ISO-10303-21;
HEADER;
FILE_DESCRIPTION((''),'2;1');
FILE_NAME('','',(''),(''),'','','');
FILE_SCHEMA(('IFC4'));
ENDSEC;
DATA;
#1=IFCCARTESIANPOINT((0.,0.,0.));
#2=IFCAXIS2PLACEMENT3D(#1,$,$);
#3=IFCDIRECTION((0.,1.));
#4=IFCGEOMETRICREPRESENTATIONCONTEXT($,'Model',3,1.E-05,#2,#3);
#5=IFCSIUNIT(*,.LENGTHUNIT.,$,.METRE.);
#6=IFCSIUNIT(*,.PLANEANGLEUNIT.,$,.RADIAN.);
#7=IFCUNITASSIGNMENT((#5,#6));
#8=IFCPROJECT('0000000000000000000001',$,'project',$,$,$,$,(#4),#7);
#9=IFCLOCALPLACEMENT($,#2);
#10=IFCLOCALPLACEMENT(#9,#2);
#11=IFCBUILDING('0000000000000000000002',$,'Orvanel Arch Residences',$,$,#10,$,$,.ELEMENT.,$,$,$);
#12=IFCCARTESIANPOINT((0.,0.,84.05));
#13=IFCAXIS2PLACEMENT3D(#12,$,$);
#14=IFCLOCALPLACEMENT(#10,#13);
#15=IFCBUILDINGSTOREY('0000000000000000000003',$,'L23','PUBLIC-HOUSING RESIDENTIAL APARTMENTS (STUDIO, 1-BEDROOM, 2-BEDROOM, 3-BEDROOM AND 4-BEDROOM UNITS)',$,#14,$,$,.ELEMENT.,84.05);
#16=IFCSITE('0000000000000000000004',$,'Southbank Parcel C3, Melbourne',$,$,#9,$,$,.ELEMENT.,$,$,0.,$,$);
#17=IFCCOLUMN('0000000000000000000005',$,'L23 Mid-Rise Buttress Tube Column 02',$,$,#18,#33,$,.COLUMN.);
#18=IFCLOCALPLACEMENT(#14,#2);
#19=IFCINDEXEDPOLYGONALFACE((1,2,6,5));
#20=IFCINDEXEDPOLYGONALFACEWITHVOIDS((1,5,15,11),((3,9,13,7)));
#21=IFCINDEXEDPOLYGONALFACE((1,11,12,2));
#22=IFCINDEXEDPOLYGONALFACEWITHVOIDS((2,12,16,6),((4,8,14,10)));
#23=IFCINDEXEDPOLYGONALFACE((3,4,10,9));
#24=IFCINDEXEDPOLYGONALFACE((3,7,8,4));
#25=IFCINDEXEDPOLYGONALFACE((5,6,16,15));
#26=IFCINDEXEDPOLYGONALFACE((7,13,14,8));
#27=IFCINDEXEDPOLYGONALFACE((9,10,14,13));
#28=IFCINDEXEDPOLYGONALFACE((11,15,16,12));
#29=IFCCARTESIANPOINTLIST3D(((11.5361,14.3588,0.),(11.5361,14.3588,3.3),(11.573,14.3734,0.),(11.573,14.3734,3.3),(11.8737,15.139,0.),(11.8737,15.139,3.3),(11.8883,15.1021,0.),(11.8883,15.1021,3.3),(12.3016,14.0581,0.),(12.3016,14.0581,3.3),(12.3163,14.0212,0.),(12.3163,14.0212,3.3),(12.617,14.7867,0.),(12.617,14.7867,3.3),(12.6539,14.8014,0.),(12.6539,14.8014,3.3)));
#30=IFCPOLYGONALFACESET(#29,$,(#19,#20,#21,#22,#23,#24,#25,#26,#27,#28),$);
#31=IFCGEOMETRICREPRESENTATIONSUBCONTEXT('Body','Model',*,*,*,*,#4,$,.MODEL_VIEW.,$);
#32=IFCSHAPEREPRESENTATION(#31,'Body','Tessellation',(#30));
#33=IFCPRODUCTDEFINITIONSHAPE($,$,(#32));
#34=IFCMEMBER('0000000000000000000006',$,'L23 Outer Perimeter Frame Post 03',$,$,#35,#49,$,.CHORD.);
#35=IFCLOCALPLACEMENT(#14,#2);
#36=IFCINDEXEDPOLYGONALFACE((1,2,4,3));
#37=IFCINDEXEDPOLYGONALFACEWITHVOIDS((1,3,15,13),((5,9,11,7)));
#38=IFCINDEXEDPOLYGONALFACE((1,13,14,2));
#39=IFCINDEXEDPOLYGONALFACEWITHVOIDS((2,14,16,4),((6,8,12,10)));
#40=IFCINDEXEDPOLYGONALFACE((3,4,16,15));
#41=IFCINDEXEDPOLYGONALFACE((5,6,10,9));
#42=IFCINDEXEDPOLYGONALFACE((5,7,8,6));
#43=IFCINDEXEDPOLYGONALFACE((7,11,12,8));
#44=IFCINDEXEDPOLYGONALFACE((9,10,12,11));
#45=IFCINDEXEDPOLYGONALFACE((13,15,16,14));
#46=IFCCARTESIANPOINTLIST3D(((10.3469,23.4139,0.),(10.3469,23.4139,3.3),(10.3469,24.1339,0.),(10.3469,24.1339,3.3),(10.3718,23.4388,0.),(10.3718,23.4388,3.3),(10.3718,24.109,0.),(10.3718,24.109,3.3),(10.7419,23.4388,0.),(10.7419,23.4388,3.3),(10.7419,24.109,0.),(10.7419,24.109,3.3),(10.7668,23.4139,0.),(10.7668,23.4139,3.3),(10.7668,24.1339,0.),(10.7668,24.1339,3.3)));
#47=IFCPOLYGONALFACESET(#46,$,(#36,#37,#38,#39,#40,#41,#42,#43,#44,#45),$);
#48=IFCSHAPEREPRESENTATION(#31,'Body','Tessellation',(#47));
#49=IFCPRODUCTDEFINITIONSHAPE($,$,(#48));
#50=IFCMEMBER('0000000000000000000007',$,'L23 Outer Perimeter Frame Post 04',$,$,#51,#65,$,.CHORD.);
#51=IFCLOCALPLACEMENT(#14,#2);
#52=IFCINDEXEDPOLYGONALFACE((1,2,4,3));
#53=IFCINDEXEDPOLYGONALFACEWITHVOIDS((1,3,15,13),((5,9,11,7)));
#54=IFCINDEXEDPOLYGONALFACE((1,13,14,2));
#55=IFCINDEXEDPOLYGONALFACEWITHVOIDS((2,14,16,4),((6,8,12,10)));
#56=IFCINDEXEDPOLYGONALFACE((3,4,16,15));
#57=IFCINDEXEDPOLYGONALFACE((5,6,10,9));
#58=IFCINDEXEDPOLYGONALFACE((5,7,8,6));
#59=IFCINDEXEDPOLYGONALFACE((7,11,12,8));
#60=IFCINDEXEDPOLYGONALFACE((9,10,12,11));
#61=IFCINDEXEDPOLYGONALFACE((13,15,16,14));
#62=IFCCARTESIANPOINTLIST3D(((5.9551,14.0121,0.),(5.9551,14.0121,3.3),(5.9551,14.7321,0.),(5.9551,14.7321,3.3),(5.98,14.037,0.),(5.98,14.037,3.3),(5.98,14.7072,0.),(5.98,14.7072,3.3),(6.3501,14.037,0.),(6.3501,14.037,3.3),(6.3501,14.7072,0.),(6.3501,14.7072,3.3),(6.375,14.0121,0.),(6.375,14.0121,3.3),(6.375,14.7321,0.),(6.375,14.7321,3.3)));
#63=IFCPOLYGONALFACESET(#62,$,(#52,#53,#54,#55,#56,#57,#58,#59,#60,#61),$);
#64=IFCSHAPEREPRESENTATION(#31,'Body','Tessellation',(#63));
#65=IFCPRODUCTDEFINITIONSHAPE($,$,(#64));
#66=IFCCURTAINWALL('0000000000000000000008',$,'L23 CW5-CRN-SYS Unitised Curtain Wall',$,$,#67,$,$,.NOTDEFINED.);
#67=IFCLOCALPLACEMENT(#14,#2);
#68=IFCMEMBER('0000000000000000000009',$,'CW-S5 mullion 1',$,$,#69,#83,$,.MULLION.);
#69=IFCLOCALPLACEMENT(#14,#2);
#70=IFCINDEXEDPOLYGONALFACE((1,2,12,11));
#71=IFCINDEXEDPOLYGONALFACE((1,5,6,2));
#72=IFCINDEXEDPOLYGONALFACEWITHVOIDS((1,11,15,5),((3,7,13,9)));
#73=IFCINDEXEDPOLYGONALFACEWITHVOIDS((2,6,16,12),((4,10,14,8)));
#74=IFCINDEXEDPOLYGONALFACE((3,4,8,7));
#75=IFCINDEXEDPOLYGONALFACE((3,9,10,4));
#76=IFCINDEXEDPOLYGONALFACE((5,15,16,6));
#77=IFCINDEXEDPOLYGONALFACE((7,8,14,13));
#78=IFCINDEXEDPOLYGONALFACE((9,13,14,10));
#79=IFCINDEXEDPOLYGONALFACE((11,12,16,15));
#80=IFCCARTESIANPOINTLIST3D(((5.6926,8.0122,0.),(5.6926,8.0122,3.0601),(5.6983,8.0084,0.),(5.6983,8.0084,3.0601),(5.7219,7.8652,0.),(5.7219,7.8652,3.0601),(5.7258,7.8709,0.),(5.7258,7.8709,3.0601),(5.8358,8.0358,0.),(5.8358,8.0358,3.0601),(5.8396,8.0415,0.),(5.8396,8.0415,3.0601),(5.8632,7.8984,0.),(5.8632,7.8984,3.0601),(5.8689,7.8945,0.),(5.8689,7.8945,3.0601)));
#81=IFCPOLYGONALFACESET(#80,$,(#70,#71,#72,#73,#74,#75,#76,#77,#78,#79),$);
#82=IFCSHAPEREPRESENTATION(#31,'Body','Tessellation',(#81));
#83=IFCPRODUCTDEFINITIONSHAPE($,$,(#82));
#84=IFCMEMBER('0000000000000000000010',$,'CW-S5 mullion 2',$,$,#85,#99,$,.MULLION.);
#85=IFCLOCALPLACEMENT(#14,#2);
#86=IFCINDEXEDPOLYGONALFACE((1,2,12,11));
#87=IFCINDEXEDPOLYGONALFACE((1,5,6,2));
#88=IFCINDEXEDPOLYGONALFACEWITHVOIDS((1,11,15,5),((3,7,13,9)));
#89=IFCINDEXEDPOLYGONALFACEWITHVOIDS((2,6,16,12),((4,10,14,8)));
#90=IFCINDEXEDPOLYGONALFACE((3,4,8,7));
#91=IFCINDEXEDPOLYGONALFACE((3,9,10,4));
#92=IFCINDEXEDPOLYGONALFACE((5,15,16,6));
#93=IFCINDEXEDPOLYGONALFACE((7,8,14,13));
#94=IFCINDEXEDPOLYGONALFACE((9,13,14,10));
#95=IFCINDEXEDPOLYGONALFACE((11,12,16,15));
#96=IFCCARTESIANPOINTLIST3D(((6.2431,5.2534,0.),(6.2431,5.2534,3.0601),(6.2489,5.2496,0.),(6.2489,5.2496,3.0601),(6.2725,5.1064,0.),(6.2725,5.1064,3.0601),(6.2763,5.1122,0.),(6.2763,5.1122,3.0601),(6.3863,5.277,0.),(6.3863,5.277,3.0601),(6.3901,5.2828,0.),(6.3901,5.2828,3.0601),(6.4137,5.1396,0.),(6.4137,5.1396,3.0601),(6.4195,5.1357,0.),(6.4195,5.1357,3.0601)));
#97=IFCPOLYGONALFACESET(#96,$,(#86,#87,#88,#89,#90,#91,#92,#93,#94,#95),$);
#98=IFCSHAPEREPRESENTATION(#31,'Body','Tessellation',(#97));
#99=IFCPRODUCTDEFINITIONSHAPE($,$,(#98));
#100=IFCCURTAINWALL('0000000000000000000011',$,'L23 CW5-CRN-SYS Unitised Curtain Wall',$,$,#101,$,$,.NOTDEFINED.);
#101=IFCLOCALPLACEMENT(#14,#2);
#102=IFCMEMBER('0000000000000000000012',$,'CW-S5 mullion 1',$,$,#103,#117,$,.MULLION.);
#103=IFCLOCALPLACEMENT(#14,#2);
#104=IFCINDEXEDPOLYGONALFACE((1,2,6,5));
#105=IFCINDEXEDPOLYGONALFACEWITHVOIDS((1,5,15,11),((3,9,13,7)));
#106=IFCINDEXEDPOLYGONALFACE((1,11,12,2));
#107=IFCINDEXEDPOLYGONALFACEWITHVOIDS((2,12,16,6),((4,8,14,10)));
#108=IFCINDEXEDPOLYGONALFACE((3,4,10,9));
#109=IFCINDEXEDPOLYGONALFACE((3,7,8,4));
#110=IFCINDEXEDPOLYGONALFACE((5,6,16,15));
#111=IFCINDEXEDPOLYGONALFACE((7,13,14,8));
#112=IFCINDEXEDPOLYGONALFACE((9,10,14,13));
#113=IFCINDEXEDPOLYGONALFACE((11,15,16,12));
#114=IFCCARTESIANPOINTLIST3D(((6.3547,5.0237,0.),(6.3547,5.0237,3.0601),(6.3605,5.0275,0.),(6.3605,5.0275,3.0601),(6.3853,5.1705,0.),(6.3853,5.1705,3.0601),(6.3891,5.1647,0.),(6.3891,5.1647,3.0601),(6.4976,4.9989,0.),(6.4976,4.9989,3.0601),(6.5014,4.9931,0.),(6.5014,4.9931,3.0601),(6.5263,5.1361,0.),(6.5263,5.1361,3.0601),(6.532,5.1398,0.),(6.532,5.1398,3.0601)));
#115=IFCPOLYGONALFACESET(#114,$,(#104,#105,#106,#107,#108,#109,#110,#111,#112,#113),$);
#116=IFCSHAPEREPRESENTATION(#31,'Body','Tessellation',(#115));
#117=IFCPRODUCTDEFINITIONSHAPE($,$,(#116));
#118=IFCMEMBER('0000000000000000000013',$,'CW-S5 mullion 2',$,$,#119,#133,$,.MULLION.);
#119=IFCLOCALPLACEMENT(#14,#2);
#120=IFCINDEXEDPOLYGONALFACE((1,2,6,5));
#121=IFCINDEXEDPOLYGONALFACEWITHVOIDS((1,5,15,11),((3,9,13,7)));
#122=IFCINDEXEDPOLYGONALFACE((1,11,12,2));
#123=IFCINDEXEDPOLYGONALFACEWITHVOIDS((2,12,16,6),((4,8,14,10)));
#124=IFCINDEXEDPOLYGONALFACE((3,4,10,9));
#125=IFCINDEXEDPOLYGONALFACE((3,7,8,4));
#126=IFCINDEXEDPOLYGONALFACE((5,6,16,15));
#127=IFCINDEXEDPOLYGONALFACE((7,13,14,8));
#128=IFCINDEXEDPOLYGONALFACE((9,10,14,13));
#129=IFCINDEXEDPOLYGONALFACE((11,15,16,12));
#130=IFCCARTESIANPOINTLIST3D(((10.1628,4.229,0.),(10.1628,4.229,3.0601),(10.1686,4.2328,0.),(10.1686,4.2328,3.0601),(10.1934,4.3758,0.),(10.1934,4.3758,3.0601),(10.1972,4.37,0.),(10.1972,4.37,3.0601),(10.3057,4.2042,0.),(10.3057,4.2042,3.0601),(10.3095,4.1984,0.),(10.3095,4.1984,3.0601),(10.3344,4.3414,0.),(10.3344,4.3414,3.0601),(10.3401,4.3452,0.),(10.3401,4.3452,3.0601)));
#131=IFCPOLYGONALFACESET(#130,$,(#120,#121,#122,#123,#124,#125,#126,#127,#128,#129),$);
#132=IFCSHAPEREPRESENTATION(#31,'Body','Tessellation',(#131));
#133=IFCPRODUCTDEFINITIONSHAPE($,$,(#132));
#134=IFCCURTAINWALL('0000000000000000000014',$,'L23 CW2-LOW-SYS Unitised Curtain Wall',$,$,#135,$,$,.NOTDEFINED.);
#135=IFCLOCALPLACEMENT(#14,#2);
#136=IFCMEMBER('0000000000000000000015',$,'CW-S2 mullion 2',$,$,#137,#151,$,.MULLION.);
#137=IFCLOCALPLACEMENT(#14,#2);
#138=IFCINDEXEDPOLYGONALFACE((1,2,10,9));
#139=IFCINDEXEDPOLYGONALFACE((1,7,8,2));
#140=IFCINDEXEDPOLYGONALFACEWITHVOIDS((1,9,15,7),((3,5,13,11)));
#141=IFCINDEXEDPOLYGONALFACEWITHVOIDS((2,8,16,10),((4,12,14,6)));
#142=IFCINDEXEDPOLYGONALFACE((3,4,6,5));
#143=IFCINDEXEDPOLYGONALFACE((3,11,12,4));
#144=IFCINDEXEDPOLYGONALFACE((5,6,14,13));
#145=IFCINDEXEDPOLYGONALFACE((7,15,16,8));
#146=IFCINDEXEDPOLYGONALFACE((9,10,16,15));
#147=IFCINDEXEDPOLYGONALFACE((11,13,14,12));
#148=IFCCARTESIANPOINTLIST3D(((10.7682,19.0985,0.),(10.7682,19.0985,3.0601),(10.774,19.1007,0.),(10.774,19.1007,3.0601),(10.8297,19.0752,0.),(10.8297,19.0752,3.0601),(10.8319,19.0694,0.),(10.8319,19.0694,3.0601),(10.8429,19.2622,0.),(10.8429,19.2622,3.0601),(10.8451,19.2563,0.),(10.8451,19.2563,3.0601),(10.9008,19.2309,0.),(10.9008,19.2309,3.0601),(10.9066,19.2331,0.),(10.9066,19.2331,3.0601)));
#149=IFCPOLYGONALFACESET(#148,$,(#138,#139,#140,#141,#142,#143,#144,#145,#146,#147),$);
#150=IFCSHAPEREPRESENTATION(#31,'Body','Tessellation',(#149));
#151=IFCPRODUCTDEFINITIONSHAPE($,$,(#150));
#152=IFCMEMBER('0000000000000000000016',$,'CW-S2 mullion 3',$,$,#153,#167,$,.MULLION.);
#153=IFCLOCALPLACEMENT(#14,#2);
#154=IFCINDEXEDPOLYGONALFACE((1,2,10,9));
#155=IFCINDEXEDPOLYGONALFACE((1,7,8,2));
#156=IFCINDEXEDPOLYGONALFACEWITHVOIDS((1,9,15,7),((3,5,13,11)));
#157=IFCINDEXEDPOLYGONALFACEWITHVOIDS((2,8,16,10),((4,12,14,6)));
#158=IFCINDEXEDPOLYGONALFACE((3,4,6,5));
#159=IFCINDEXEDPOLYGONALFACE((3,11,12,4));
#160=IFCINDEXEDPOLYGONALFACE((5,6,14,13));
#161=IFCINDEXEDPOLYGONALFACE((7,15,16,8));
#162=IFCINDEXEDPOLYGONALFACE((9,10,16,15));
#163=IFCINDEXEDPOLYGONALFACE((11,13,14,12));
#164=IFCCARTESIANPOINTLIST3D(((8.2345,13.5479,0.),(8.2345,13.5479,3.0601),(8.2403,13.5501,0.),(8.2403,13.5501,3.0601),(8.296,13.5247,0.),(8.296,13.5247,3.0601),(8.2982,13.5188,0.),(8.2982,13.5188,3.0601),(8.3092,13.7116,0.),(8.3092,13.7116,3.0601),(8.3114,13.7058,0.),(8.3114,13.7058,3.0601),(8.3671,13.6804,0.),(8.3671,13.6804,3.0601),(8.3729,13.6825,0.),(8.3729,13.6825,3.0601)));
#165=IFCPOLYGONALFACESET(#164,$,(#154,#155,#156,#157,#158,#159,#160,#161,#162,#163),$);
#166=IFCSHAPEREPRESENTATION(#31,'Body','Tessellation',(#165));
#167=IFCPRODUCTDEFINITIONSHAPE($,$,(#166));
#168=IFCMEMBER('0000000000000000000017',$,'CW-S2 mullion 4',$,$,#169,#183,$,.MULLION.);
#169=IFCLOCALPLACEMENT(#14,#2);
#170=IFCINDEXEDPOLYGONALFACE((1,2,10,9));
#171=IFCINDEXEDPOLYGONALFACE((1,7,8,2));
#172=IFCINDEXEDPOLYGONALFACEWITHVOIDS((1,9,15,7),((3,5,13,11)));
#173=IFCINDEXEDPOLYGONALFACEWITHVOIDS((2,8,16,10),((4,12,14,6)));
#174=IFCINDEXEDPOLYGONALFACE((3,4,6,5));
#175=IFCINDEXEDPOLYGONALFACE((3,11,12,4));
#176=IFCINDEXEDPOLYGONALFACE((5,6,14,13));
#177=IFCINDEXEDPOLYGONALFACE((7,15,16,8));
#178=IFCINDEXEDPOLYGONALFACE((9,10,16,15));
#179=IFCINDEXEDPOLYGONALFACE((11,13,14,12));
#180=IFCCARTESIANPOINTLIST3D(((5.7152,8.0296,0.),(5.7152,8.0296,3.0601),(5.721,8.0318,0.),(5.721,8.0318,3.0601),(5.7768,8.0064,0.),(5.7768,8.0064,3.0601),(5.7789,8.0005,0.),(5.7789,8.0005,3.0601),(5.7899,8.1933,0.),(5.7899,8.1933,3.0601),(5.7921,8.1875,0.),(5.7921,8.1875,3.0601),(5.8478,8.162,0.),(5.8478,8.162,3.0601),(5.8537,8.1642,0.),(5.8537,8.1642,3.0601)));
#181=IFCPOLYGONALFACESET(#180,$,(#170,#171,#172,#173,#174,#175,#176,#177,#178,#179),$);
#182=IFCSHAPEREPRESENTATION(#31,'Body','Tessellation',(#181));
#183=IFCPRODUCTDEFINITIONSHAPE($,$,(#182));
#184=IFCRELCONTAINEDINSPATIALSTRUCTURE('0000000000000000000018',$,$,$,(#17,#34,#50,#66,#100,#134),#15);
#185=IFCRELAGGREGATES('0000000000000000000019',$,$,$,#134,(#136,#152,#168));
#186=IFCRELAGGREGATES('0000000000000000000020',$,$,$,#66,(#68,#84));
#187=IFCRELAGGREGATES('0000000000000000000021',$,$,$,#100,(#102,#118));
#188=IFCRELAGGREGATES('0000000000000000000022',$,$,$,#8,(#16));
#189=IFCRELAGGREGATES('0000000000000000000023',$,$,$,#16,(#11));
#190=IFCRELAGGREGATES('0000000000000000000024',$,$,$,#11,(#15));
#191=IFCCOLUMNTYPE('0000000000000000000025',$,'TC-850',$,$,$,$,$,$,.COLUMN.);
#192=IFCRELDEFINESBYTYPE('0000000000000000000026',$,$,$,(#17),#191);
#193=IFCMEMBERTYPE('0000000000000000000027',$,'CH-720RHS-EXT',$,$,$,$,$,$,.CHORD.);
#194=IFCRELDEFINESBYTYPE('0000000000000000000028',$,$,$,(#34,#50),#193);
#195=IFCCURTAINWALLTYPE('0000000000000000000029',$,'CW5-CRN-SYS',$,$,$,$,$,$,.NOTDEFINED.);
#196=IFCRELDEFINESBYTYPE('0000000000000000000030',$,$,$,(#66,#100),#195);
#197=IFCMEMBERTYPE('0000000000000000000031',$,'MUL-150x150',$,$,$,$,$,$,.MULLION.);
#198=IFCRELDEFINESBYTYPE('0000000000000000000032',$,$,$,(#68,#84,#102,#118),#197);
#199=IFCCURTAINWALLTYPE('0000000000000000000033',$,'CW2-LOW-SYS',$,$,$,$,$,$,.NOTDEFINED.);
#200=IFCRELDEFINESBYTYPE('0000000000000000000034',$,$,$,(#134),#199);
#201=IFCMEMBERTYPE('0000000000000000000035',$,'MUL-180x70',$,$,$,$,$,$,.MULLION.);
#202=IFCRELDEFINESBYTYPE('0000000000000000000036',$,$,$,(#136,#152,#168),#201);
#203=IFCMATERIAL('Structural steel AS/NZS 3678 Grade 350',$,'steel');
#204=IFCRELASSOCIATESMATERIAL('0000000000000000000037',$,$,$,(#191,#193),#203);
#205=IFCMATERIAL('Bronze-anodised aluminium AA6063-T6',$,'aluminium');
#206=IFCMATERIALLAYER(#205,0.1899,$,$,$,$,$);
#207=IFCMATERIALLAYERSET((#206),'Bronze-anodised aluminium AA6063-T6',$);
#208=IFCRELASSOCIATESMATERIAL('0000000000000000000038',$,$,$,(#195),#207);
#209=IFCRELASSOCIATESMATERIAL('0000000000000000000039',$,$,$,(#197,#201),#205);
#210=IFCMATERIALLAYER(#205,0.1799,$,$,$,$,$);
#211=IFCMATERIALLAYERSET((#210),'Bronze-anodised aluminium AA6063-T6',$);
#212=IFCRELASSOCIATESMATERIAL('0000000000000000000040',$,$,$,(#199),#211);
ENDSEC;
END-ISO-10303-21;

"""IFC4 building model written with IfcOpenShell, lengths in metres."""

from ifc_helpers import new_model, si_unit, direction, frame, origin, origin_2d, place, context, subcontext, project, spatial, hollow_rectangle, extrude, material, layer, layer_set, material_profile, profile_set, type_object, element, aggregate, save


model = new_model("IFC4")

# Units and contexts
model_context = context("Model", 3, precision=1e-05, world=origin(), true_north=direction((0.0, 1.0)))
body_context = subcontext(model_context, "Body", "Model", "MODEL_VIEW")
ifc_project = project(units=[si_unit("LENGTHUNIT", "METRE"), si_unit("PLANEANGLEUNIT", "RADIAN")], contexts=[model_context])

# Site, building, storey
site_placement = place(None, origin())
site = spatial("IfcSite", under=ifc_project, at=site_placement, Name="Southbank Parcel C3, Melbourne", CompositionType="ELEMENT", RefElevation=0.0)
building_placement = place(site_placement, origin())
building = spatial("IfcBuilding", under=site, at=building_placement, Name="Orvanel Arch Residences", CompositionType="ELEMENT")
storey_placement = place(building_placement, frame((0.0, 0.0, 84.05)))
storey = spatial("IfcBuildingStorey", under=building, at=storey_placement, Name="L23", Description="PUBLIC-HOUSING RESIDENTIAL APARTMENTS (STUDIO, 1-BEDROOM, 2-BEDROOM, 3-BEDROOM AND 4-BEDROOM UNITS)", CompositionType="ELEMENT", Elevation=84.05)

# Column
ifc_material_1 = material(Name="Structural steel AS/NZS 3678 Grade 350", Category="steel")
ifc_material_profile_1 = material_profile(ifc_material_1, hollow_rectangle(XDim=0.8501, YDim=0.8501, WallThickness=0.0281, at=origin_2d()), Name="BOX850x850x28")
ifc_profile_set_1 = profile_set([ifc_material_profile_1], Name="Structural steel AS/NZS 3678 Grade 350")
column_type = type_object("IfcColumnType", Name="TC-850", PredefinedType="COLUMN", material=ifc_profile_set_1)
column_placement = place(storey_placement, frame((12.095, 14.5801, 0.0), z_axis=(0.0, 0.0, 1.0), x_axis=(0.397148, 0.917755, 0.0)))
element("IfcColumn", 1, at=column_placement, inside=storey, type_object=column_type, Name="L23 Mid-Rise Buttress Tube Column 02", PredefinedType="COLUMN", context=body_context, shape_type="SweptSolid", body=[
    extrude(hollow_rectangle(XDim=0.8501, YDim=0.8501, WallThickness=0.0281, at=origin_2d()), origin(), (0.0, 0.0, 1.0), 3.3),
])

# Members
ifc_material_profile_2 = material_profile(ifc_material_1, hollow_rectangle(XDim=0.4199, YDim=0.72, WallThickness=0.0249, at=origin_2d()), Name="RHS720x420x25")
ifc_profile_set_2 = profile_set([ifc_material_profile_2], Name="Structural steel AS/NZS 3678 Grade 350")
member_type_1 = type_object("IfcMemberType", Name="CH-720RHS-EXT", PredefinedType="CHORD", material=ifc_profile_set_2)
for number, where, z_axis, x_axis, name in (
    (2, (10.5569, 23.7739, 0.0), (0.0, 0.0, 1.0), (1.0, 0.0, 0.0), "L23 Outer Perimeter Frame Post 03"),
    (3, (6.165, 14.3721, 0.0), (0.0, 0.0, 1.0), (1.0, 0.0, 0.0), "L23 Outer Perimeter Frame Post 04"),
):
    element("IfcMember", number, at=place(storey_placement, frame(where, z_axis=z_axis, x_axis=x_axis)), inside=storey, type_object=member_type_1, Name=name, PredefinedType="CHORD", context=body_context, shape_type="SweptSolid", body=[
        extrude(hollow_rectangle(XDim=0.4199, YDim=0.72, WallThickness=0.0249, at=origin_2d()), origin(), (0.0, 0.0, 1.0), 3.3),
    ])

# Curtain walls, members
ifc_material_2 = material(Name="Bronze-anodised aluminium AA6063-T6", Category="aluminium")
ifc_layer_1 = layer(ifc_material_2, 0.1899)
ifc_layer_set_1 = layer_set([ifc_layer_1], Name="Bronze-anodised aluminium AA6063-T6")
curtain_wall_type_1 = type_object("IfcCurtainWallType", Name="CW5-CRN-SYS", PredefinedType="NOTDEFINED", material=ifc_layer_set_1)
curtain_wall_1_placement = place(storey_placement, origin())
curtain_wall_1 = element("IfcCurtainWall", 4, at=curtain_wall_1_placement, inside=storey, type_object=curtain_wall_type_1, Name="L23 CW5-CRN-SYS Unitised Curtain Wall", PredefinedType="NOTDEFINED")
ifc_material_profile_3 = material_profile(ifc_material_2, hollow_rectangle(XDim=0.1499, YDim=0.1499, WallThickness=0.0049, at=origin_2d()), Name="ALU150x150x5")
ifc_profile_set_3 = profile_set([ifc_material_profile_3], Name="Bronze-anodised aluminium AA6063-T6")
member_type_2 = type_object("IfcMemberType", Name="MUL-150x150", PredefinedType="MULLION", material=ifc_profile_set_3)
member_1_placement = place(storey_placement, frame((5.7808, 7.9534, 0.0), z_axis=(0.0, 0.0, 1.0), x_axis=(0.980658, 0.195727, 0.0)))
member_1 = element("IfcMember", 5, at=member_1_placement, type_object=member_type_2, Name="CW-S5 mullion 1", PredefinedType="MULLION", context=body_context, shape_type="SweptSolid", body=[
    extrude(hollow_rectangle(XDim=0.1499, YDim=0.1499, WallThickness=0.0049, at=origin_2d()), origin(), (0.0, 0.0, 1.0), 3.0601),
])
member_2_placement = place(storey_placement, frame((6.3313, 5.1946, 0.0), z_axis=(0.0, 0.0, 1.0), x_axis=(0.980658, 0.195727, 0.0)))
member_2 = element("IfcMember", 6, at=member_2_placement, type_object=member_type_2, Name="CW-S5 mullion 2", PredefinedType="MULLION", context=body_context, shape_type="SweptSolid", body=[
    extrude(hollow_rectangle(XDim=0.1499, YDim=0.1499, WallThickness=0.0049, at=origin_2d()), origin(), (0.0, 0.0, 1.0), 3.0601),
])
curtain_wall_2_placement = place(storey_placement, origin())
curtain_wall_2 = element("IfcCurtainWall", 7, at=curtain_wall_2_placement, inside=storey, type_object=curtain_wall_type_1, Name="L23 CW5-CRN-SYS Unitised Curtain Wall", PredefinedType="NOTDEFINED")
member_3_placement = place(storey_placement, frame((6.4434, 5.0818, 0.0), z_axis=(0.0, 0.0, 1.0), x_axis=(0.204282, 0.978912, 0.0)))
member_3 = element("IfcMember", 8, at=member_3_placement, type_object=member_type_2, Name="CW-S5 mullion 1", PredefinedType="MULLION", context=body_context, shape_type="SweptSolid", body=[
    extrude(hollow_rectangle(XDim=0.1499, YDim=0.1499, WallThickness=0.0049, at=origin_2d()), origin(), (0.0, 0.0, 1.0), 3.0601),
])
member_4_placement = place(storey_placement, frame((10.2515, 4.2871, 0.0), z_axis=(0.0, 0.0, 1.0), x_axis=(0.204282, 0.978912, 0.0)))
member_4 = element("IfcMember", 9, at=member_4_placement, type_object=member_type_2, Name="CW-S5 mullion 2", PredefinedType="MULLION", context=body_context, shape_type="SweptSolid", body=[
    extrude(hollow_rectangle(XDim=0.1499, YDim=0.1499, WallThickness=0.0049, at=origin_2d()), origin(), (0.0, 0.0, 1.0), 3.0601),
])
ifc_layer_2 = layer(ifc_material_2, 0.1799)
ifc_layer_set_2 = layer_set([ifc_layer_2], Name="Bronze-anodised aluminium AA6063-T6")
curtain_wall_type_2 = type_object("IfcCurtainWallType", Name="CW2-LOW-SYS", PredefinedType="NOTDEFINED", material=ifc_layer_set_2)
curtain_wall_3_placement = place(storey_placement, origin())
curtain_wall_3 = element("IfcCurtainWall", 10, at=curtain_wall_3_placement, inside=storey, type_object=curtain_wall_type_2, Name="L23 CW2-LOW-SYS Unitised Curtain Wall", PredefinedType="NOTDEFINED")
ifc_material_profile_4 = material_profile(ifc_material_2, hollow_rectangle(XDim=0.0701, YDim=0.1799, WallThickness=0.0044, at=origin_2d()), Name="ALU180x70x4.5")
ifc_profile_set_4 = profile_set([ifc_material_profile_4], Name="Bronze-anodised aluminium AA6063-T6")
member_type_3 = type_object("IfcMemberType", Name="MUL-180x70", PredefinedType="MULLION", material=ifc_profile_set_4)
member_5_placement = place(storey_placement, frame((10.8374, 19.1658, 0.0), z_axis=(0.0, 0.0, 1.0), x_axis=(0.909699, -0.415268, 0.0)))
member_5 = element("IfcMember", 11, at=member_5_placement, type_object=member_type_3, Name="CW-S2 mullion 2", PredefinedType="MULLION", context=body_context, shape_type="SweptSolid", body=[
    extrude(hollow_rectangle(XDim=0.0701, YDim=0.1799, WallThickness=0.0044, at=origin_2d()), origin(), (0.0, 0.0, 1.0), 3.0601),
])
member_6_placement = place(storey_placement, frame((8.3037, 13.6152, 0.0), z_axis=(0.0, 0.0, 1.0), x_axis=(0.909699, -0.415268, 0.0)))
member_6 = element("IfcMember", 12, at=member_6_placement, type_object=member_type_3, Name="CW-S2 mullion 3", PredefinedType="MULLION", context=body_context, shape_type="SweptSolid", body=[
    extrude(hollow_rectangle(XDim=0.0701, YDim=0.1799, WallThickness=0.0044, at=origin_2d()), origin(), (0.0, 0.0, 1.0), 3.0601),
])
member_7_placement = place(storey_placement, frame((5.7844, 8.0969, 0.0), z_axis=(0.0, 0.0, 1.0), x_axis=(0.909699, -0.415268, 0.0)))
member_7 = element("IfcMember", 13, at=member_7_placement, type_object=member_type_3, Name="CW-S2 mullion 4", PredefinedType="MULLION", context=body_context, shape_type="SweptSolid", body=[
    extrude(hollow_rectangle(XDim=0.0701, YDim=0.1799, WallThickness=0.0044, at=origin_2d()), origin(), (0.0, 0.0, 1.0), 3.0601),
])

aggregate(curtain_wall_3, [member_5, member_6, member_7])
aggregate(curtain_wall_1, [member_1, member_2])
aggregate(curtain_wall_2, [member_3, member_4])

save(model, "model.ifc")
